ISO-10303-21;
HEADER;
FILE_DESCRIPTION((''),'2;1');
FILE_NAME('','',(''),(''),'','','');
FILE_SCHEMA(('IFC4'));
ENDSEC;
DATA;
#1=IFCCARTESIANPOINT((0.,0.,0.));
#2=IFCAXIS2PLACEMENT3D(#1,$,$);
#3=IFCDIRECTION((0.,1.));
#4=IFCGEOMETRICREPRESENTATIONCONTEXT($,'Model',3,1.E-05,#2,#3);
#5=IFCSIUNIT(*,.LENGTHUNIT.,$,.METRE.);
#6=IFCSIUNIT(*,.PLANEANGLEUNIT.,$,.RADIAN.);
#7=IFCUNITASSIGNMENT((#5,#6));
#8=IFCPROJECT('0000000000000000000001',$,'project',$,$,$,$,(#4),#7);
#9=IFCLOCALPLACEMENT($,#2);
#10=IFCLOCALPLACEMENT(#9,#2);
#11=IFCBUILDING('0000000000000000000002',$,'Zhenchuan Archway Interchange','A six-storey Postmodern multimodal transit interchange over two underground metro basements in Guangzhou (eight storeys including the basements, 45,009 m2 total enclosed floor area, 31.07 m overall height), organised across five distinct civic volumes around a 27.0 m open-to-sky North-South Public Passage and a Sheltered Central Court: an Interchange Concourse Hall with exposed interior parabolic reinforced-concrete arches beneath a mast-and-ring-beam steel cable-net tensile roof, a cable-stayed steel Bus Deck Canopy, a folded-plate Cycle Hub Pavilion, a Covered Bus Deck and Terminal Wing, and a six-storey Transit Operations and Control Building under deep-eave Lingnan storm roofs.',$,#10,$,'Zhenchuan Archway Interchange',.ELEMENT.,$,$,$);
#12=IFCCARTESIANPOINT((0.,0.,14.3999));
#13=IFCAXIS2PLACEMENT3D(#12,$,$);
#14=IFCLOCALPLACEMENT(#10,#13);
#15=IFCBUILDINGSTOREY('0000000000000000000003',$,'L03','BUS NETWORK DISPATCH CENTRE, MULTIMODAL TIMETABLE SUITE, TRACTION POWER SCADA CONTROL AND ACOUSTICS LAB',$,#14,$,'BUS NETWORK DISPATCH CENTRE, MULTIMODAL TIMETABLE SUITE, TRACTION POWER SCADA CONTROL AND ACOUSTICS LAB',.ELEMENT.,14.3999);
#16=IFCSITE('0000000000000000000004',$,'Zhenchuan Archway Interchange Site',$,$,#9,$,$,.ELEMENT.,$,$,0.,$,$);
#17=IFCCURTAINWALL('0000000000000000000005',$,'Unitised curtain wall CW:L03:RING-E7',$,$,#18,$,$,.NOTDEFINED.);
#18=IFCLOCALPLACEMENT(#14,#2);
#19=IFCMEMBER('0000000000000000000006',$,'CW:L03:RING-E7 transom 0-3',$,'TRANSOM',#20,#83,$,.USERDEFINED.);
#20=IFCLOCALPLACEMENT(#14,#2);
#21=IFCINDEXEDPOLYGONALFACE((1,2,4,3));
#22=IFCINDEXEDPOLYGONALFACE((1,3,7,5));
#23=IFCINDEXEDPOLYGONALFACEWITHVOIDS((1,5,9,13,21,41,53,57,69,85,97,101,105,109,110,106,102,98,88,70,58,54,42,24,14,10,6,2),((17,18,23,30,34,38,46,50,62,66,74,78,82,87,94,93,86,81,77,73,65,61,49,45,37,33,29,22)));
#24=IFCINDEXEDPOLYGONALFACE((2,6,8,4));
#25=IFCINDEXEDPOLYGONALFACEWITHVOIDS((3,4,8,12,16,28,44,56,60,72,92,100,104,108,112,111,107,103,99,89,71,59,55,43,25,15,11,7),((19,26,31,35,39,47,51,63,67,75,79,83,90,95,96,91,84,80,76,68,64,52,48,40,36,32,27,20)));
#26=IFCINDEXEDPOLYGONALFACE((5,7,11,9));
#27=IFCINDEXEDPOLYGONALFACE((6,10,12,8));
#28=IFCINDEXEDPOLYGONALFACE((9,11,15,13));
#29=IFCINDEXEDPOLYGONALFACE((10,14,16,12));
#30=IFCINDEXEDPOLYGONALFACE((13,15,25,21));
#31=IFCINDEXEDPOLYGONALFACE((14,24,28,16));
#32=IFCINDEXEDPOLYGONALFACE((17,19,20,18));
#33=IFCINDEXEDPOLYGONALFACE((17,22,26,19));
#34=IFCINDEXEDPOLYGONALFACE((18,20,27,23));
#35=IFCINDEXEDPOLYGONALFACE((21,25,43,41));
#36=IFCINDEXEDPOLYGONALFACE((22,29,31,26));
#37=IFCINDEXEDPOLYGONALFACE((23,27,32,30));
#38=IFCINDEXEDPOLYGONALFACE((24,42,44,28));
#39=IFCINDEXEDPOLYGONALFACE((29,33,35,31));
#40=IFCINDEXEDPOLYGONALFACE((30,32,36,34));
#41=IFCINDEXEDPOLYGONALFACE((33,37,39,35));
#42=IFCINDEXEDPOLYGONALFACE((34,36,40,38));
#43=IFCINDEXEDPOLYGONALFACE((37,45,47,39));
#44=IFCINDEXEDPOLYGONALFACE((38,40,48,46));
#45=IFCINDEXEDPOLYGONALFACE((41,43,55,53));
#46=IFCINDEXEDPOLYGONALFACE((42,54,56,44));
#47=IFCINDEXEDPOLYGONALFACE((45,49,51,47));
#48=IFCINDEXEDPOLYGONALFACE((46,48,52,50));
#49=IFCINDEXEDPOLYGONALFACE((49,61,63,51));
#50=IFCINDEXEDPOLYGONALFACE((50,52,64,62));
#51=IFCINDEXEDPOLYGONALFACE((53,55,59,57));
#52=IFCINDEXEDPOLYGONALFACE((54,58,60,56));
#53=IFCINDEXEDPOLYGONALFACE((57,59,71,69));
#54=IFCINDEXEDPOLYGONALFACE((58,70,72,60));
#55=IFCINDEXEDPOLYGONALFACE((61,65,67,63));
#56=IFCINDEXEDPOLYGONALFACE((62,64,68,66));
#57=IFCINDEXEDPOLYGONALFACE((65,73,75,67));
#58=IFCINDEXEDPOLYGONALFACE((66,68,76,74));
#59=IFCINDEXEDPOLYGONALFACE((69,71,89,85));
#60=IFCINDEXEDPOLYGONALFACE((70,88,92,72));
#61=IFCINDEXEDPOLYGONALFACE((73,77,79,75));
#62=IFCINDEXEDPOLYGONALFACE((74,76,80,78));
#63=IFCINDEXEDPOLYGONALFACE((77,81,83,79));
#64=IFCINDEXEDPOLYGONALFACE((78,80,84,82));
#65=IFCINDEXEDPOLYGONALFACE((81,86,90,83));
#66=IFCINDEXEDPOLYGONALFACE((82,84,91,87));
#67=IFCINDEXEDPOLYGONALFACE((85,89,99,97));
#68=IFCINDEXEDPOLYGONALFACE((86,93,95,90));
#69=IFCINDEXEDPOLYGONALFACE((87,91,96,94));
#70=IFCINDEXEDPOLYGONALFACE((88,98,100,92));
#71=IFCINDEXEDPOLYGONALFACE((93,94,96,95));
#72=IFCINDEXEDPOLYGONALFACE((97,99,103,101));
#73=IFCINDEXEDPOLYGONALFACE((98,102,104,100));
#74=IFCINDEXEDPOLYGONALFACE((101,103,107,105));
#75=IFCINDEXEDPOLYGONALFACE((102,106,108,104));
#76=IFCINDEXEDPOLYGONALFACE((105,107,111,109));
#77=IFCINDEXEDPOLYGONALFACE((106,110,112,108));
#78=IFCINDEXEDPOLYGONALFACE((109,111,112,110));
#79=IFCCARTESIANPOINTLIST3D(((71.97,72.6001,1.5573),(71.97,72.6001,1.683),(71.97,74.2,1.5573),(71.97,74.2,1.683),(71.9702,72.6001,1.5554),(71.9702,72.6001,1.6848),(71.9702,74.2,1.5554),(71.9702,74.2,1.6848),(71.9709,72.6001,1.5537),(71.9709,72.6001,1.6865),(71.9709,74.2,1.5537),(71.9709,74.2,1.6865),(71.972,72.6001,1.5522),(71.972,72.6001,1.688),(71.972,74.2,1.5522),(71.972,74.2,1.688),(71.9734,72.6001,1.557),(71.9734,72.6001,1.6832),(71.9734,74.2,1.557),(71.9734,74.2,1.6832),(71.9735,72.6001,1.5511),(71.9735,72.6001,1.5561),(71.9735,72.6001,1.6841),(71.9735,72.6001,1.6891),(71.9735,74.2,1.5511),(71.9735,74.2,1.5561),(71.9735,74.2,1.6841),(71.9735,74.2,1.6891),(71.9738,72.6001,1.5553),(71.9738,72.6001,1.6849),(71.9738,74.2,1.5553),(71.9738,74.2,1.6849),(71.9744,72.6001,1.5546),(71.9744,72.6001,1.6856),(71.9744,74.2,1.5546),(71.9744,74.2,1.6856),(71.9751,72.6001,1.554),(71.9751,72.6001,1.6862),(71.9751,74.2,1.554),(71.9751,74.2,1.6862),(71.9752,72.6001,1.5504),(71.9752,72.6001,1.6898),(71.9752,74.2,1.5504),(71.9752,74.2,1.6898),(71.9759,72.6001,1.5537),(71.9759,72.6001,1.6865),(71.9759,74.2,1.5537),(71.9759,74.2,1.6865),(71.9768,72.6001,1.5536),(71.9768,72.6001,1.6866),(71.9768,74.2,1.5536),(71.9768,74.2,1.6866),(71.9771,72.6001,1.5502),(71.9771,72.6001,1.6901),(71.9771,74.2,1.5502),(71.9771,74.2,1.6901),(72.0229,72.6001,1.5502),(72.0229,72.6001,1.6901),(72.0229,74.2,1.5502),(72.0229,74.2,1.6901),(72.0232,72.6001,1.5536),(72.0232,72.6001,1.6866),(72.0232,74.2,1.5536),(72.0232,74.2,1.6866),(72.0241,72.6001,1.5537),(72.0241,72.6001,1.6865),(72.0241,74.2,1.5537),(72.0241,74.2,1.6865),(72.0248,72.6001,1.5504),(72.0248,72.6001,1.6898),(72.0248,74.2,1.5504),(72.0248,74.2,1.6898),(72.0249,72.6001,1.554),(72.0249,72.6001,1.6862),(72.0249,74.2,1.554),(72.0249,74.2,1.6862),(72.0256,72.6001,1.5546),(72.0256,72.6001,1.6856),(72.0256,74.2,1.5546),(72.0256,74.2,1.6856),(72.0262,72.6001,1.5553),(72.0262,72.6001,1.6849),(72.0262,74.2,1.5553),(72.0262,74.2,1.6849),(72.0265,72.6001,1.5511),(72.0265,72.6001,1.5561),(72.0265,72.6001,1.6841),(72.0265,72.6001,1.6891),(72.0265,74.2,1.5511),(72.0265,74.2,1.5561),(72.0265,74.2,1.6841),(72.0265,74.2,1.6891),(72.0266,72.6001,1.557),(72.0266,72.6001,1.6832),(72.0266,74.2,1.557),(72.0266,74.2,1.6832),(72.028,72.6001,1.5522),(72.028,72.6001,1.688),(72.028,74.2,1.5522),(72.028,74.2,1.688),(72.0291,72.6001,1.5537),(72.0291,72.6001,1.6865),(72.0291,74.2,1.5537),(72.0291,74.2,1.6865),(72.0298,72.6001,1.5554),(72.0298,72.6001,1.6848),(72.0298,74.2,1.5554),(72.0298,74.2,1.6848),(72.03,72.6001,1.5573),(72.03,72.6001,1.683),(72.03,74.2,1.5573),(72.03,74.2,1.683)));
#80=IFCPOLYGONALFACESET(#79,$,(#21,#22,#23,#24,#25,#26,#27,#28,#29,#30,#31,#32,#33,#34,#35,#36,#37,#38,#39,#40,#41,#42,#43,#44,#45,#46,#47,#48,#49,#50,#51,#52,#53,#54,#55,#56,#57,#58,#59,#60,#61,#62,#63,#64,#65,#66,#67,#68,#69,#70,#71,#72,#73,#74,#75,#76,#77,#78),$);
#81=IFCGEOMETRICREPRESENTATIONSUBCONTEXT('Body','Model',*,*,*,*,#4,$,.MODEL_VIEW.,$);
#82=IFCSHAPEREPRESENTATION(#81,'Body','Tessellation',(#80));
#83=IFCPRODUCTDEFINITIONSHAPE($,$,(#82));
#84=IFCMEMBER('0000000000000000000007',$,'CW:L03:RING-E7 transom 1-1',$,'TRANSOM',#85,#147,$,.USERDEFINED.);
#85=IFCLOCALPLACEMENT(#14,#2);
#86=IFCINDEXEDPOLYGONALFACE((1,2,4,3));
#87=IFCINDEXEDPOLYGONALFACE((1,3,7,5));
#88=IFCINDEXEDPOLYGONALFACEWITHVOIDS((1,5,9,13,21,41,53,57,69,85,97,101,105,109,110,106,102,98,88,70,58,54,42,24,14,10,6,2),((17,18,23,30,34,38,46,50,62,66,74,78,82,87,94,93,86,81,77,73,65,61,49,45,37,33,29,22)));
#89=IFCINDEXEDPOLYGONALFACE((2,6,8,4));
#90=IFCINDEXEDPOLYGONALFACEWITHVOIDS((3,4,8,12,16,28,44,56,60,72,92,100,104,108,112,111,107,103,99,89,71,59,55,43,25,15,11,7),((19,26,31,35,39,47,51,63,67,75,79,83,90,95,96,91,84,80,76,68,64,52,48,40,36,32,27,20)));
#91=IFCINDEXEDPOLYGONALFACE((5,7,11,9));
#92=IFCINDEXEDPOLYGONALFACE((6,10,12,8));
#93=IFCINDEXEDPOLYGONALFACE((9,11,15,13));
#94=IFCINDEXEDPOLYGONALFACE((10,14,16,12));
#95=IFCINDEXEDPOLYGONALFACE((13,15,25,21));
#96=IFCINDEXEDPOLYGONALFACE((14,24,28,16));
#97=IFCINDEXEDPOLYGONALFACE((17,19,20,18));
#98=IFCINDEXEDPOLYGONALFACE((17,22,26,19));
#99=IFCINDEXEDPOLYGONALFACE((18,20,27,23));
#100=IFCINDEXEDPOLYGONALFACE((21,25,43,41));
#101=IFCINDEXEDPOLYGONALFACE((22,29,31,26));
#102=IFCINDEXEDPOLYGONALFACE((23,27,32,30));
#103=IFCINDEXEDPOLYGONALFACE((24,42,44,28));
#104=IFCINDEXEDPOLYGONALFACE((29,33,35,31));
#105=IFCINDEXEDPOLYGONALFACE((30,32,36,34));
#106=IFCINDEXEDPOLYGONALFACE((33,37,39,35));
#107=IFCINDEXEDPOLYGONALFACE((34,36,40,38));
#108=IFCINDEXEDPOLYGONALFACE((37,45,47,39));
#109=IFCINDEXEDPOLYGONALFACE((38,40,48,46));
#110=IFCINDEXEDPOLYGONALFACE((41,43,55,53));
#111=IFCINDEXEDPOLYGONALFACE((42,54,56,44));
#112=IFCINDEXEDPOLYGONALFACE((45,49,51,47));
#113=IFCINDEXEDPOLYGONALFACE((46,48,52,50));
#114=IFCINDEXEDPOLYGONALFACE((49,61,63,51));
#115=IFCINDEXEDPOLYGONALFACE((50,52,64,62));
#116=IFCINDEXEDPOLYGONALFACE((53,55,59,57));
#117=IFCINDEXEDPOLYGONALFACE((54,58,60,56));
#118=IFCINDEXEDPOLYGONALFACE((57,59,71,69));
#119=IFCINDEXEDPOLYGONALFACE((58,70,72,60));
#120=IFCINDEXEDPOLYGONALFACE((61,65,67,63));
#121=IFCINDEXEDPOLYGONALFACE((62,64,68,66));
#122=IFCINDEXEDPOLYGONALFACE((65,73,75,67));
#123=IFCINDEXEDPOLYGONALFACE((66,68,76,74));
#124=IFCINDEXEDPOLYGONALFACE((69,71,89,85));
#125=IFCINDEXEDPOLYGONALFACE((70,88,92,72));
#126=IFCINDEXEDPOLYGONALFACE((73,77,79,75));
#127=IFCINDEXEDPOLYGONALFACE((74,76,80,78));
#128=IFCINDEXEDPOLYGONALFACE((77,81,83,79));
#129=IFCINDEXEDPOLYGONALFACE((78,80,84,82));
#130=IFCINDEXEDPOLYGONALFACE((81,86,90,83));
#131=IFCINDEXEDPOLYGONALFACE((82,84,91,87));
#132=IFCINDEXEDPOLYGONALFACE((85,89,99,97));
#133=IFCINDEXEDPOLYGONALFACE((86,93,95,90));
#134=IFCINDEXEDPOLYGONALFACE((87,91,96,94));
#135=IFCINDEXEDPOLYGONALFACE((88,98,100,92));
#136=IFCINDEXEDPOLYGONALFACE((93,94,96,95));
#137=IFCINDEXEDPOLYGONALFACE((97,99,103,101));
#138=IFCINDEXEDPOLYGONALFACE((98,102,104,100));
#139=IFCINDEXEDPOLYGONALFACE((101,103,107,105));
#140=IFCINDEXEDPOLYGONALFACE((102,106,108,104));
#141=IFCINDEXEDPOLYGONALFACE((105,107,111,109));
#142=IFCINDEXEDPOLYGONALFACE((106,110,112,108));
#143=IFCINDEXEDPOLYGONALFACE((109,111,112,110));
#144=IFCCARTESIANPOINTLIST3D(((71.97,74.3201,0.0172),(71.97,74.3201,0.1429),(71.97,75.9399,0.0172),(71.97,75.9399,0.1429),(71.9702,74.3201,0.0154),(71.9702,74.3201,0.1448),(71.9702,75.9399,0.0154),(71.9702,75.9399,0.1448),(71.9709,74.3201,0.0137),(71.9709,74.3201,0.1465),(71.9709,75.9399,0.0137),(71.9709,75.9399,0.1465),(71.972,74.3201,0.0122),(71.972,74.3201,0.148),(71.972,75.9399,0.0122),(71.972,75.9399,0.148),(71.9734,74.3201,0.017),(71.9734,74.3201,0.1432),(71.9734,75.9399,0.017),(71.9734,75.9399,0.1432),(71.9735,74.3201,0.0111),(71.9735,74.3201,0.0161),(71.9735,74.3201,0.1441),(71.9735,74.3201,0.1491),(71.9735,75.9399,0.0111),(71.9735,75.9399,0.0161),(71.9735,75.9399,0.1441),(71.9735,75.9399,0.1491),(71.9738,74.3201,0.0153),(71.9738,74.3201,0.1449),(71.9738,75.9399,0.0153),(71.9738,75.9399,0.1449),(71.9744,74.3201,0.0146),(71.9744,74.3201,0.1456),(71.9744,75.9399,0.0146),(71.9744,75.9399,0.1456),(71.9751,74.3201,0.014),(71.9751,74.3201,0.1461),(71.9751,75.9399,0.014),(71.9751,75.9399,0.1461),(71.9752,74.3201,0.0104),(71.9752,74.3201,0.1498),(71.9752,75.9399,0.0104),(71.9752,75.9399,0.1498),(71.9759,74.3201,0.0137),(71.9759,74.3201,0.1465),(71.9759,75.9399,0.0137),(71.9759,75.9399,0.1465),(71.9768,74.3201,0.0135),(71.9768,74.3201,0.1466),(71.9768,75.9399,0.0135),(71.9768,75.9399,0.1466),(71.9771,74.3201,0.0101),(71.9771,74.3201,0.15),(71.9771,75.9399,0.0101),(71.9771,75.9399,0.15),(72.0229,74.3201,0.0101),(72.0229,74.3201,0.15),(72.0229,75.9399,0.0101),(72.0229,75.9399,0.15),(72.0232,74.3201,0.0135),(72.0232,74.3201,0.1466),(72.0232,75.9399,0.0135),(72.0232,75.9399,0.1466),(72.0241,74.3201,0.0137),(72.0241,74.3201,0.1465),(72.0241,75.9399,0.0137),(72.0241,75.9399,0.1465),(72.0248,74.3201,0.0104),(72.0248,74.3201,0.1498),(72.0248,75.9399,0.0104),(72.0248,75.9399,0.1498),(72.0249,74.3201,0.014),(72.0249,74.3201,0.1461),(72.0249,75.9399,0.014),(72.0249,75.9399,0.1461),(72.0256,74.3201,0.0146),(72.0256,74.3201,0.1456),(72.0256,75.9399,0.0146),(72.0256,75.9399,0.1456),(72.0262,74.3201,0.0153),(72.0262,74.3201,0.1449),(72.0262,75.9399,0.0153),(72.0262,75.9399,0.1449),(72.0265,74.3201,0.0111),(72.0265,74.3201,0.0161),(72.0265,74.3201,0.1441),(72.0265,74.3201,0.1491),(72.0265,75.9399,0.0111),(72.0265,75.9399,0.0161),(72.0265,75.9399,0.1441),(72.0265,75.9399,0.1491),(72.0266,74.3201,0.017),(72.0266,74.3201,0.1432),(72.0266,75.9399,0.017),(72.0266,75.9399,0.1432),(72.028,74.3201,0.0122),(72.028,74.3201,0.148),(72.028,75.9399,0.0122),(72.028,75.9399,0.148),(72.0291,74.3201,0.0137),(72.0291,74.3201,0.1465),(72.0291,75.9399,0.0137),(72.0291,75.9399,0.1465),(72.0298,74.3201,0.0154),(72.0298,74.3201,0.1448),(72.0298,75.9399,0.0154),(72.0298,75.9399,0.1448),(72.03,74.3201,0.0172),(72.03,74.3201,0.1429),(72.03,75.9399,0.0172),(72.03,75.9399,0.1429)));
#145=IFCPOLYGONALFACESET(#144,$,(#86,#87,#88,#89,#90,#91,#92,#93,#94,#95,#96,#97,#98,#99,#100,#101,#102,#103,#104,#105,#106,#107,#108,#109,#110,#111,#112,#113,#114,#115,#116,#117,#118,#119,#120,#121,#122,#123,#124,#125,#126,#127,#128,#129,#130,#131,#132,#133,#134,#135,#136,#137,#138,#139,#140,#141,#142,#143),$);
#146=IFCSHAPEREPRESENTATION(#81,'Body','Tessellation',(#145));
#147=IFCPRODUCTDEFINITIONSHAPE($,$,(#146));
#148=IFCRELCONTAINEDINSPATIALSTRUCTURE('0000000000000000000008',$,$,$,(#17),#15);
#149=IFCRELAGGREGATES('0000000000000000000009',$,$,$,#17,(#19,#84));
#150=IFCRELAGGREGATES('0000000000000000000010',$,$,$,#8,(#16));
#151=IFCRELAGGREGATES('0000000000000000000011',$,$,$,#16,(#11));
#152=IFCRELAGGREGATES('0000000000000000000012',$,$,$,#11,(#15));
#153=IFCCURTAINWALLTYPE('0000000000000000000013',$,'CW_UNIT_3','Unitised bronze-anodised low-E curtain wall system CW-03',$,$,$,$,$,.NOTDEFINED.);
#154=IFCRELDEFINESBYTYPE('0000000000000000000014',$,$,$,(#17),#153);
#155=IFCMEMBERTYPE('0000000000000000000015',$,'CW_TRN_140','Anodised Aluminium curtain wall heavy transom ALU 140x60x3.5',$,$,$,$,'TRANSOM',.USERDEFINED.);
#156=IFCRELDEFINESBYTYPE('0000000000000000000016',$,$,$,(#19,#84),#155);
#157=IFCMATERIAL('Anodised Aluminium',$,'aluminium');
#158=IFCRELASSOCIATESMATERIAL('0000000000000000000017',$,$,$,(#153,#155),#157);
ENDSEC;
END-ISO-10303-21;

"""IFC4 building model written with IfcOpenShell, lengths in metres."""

from ifc_helpers import new_model, si_unit, direction, frame, origin, origin_2d, place, context, subcontext, project, spatial, hollow_rectangle, extrude, material, material_profile, profile_set, type_object, element, aggregate, save


model = new_model("IFC4")

# Units and contexts
model_context = context("Model", 3, precision=1e-05, world=origin(), true_north=direction((0.0, 1.0)))
body_context = subcontext(model_context, "Body", "Model", "MODEL_VIEW")
ifc_project = project(units=[si_unit("LENGTHUNIT", "METRE"), si_unit("PLANEANGLEUNIT", "RADIAN")], contexts=[model_context])

# Site, building, storey
site_placement = place(None, origin())
site = spatial("IfcSite", under=ifc_project, at=site_placement, Name="Zhenchuan Archway Interchange Site", CompositionType="ELEMENT", RefElevation=0.0)
building_placement = place(site_placement, origin())
building = spatial("IfcBuilding", under=site, at=building_placement, Name="Zhenchuan Archway Interchange", Description="A six-storey Postmodern multimodal transit interchange over two underground metro basements in Guangzhou (eight storeys including the basements, 45,009 m2 total enclosed floor area, 31.07 m overall height), organised across five distinct civic volumes around a 27.0 m open-to-sky North-South Public Passage and a Sheltered Central Court: an Interchange Concourse Hall with exposed interior parabolic reinforced-concrete arches beneath a mast-and-ring-beam steel cable-net tensile roof, a cable-stayed steel Bus Deck Canopy, a folded-plate Cycle Hub Pavilion, a Covered Bus Deck and Terminal Wing, and a six-storey Transit Operations and Control Building under deep-eave Lingnan storm roofs.", LongName="Zhenchuan Archway Interchange", CompositionType="ELEMENT")
storey_placement = place(building_placement, frame((0.0, 0.0, 14.3999)))
storey = spatial("IfcBuildingStorey", under=building, at=storey_placement, Name="L03", Description="BUS NETWORK DISPATCH CENTRE, MULTIMODAL TIMETABLE SUITE, TRACTION POWER SCADA CONTROL AND ACOUSTICS LAB", LongName="BUS NETWORK DISPATCH CENTRE, MULTIMODAL TIMETABLE SUITE, TRACTION POWER SCADA CONTROL AND ACOUSTICS LAB", CompositionType="ELEMENT", Elevation=14.3999)

# Curtain wall
ifc_material_1 = material(Name="Anodised Aluminium", Category="aluminium")
curtain_wall_type = type_object("IfcCurtainWallType", Name="CW_UNIT_3", Description="Unitised bronze-anodised low-E curtain wall system CW-03", PredefinedType="NOTDEFINED", material=ifc_material_1)
curtain_wall_1_placement = place(storey_placement, origin())
curtain_wall_1 = element("IfcCurtainWall", 1, at=curtain_wall_1_placement, inside=storey, type_object=curtain_wall_type, Name="Unitised curtain wall CW:L03:RING-E7", PredefinedType="NOTDEFINED")

# Members
ifc_material_profile_1 = material_profile(ifc_material_1, hollow_rectangle(XDim=0.0601, YDim=0.1399, WallThickness=0.0034, InnerFilletRadius=0.0034, OuterFilletRadius=0.0071, at=origin_2d()), Name="ALU 140x60x3.5")
ifc_profile_set_1 = profile_set([ifc_material_profile_1], Name="Anodised Aluminium")
member_type_1 = type_object("IfcMemberType", Name="CW_TRN_140", Description="Anodised Aluminium curtain wall heavy transom ALU 140x60x3.5", ElementType="TRANSOM", PredefinedType="USERDEFINED", material=ifc_profile_set_1)
member_1_placement = place(storey_placement, frame((72.0, 72.6001, 1.6201), z_axis=(0.0, 1.0, 0.0), x_axis=(-1.0, 0.0, 0.0)))
member_1 = element("IfcMember", 2, at=member_1_placement, type_object=member_type_1, Name="CW:L03:RING-E7 transom 0-3", ObjectType="TRANSOM", PredefinedType="USERDEFINED", context=body_context, shape_type="SweptSolid", body=[
    extrude(hollow_rectangle(XDim=0.0601, YDim=0.1399, WallThickness=0.0034, InnerFilletRadius=0.0034, OuterFilletRadius=0.0071, at=origin_2d()), origin(), (0.0, 0.0, 1.0), 1.5999),
])
member_2_placement = place(storey_placement, frame((72.0, 74.3201, 0.0801), z_axis=(0.0, 1.0, 0.0), x_axis=(-1.0, 0.0, 0.0)))
member_2 = element("IfcMember", 3, at=member_2_placement, type_object=member_type_1, Name="CW:L03:RING-E7 transom 1-1", ObjectType="TRANSOM", PredefinedType="USERDEFINED", context=body_context, shape_type="SweptSolid", body=[
    extrude(hollow_rectangle(XDim=0.0601, YDim=0.1399, WallThickness=0.0034, InnerFilletRadius=0.0034, OuterFilletRadius=0.0071, at=origin_2d()), origin(), (0.0, 0.0, 1.0), 1.6199),
])

aggregate(curtain_wall_1, [member_1, member_2])

save(model, "model.ifc")
